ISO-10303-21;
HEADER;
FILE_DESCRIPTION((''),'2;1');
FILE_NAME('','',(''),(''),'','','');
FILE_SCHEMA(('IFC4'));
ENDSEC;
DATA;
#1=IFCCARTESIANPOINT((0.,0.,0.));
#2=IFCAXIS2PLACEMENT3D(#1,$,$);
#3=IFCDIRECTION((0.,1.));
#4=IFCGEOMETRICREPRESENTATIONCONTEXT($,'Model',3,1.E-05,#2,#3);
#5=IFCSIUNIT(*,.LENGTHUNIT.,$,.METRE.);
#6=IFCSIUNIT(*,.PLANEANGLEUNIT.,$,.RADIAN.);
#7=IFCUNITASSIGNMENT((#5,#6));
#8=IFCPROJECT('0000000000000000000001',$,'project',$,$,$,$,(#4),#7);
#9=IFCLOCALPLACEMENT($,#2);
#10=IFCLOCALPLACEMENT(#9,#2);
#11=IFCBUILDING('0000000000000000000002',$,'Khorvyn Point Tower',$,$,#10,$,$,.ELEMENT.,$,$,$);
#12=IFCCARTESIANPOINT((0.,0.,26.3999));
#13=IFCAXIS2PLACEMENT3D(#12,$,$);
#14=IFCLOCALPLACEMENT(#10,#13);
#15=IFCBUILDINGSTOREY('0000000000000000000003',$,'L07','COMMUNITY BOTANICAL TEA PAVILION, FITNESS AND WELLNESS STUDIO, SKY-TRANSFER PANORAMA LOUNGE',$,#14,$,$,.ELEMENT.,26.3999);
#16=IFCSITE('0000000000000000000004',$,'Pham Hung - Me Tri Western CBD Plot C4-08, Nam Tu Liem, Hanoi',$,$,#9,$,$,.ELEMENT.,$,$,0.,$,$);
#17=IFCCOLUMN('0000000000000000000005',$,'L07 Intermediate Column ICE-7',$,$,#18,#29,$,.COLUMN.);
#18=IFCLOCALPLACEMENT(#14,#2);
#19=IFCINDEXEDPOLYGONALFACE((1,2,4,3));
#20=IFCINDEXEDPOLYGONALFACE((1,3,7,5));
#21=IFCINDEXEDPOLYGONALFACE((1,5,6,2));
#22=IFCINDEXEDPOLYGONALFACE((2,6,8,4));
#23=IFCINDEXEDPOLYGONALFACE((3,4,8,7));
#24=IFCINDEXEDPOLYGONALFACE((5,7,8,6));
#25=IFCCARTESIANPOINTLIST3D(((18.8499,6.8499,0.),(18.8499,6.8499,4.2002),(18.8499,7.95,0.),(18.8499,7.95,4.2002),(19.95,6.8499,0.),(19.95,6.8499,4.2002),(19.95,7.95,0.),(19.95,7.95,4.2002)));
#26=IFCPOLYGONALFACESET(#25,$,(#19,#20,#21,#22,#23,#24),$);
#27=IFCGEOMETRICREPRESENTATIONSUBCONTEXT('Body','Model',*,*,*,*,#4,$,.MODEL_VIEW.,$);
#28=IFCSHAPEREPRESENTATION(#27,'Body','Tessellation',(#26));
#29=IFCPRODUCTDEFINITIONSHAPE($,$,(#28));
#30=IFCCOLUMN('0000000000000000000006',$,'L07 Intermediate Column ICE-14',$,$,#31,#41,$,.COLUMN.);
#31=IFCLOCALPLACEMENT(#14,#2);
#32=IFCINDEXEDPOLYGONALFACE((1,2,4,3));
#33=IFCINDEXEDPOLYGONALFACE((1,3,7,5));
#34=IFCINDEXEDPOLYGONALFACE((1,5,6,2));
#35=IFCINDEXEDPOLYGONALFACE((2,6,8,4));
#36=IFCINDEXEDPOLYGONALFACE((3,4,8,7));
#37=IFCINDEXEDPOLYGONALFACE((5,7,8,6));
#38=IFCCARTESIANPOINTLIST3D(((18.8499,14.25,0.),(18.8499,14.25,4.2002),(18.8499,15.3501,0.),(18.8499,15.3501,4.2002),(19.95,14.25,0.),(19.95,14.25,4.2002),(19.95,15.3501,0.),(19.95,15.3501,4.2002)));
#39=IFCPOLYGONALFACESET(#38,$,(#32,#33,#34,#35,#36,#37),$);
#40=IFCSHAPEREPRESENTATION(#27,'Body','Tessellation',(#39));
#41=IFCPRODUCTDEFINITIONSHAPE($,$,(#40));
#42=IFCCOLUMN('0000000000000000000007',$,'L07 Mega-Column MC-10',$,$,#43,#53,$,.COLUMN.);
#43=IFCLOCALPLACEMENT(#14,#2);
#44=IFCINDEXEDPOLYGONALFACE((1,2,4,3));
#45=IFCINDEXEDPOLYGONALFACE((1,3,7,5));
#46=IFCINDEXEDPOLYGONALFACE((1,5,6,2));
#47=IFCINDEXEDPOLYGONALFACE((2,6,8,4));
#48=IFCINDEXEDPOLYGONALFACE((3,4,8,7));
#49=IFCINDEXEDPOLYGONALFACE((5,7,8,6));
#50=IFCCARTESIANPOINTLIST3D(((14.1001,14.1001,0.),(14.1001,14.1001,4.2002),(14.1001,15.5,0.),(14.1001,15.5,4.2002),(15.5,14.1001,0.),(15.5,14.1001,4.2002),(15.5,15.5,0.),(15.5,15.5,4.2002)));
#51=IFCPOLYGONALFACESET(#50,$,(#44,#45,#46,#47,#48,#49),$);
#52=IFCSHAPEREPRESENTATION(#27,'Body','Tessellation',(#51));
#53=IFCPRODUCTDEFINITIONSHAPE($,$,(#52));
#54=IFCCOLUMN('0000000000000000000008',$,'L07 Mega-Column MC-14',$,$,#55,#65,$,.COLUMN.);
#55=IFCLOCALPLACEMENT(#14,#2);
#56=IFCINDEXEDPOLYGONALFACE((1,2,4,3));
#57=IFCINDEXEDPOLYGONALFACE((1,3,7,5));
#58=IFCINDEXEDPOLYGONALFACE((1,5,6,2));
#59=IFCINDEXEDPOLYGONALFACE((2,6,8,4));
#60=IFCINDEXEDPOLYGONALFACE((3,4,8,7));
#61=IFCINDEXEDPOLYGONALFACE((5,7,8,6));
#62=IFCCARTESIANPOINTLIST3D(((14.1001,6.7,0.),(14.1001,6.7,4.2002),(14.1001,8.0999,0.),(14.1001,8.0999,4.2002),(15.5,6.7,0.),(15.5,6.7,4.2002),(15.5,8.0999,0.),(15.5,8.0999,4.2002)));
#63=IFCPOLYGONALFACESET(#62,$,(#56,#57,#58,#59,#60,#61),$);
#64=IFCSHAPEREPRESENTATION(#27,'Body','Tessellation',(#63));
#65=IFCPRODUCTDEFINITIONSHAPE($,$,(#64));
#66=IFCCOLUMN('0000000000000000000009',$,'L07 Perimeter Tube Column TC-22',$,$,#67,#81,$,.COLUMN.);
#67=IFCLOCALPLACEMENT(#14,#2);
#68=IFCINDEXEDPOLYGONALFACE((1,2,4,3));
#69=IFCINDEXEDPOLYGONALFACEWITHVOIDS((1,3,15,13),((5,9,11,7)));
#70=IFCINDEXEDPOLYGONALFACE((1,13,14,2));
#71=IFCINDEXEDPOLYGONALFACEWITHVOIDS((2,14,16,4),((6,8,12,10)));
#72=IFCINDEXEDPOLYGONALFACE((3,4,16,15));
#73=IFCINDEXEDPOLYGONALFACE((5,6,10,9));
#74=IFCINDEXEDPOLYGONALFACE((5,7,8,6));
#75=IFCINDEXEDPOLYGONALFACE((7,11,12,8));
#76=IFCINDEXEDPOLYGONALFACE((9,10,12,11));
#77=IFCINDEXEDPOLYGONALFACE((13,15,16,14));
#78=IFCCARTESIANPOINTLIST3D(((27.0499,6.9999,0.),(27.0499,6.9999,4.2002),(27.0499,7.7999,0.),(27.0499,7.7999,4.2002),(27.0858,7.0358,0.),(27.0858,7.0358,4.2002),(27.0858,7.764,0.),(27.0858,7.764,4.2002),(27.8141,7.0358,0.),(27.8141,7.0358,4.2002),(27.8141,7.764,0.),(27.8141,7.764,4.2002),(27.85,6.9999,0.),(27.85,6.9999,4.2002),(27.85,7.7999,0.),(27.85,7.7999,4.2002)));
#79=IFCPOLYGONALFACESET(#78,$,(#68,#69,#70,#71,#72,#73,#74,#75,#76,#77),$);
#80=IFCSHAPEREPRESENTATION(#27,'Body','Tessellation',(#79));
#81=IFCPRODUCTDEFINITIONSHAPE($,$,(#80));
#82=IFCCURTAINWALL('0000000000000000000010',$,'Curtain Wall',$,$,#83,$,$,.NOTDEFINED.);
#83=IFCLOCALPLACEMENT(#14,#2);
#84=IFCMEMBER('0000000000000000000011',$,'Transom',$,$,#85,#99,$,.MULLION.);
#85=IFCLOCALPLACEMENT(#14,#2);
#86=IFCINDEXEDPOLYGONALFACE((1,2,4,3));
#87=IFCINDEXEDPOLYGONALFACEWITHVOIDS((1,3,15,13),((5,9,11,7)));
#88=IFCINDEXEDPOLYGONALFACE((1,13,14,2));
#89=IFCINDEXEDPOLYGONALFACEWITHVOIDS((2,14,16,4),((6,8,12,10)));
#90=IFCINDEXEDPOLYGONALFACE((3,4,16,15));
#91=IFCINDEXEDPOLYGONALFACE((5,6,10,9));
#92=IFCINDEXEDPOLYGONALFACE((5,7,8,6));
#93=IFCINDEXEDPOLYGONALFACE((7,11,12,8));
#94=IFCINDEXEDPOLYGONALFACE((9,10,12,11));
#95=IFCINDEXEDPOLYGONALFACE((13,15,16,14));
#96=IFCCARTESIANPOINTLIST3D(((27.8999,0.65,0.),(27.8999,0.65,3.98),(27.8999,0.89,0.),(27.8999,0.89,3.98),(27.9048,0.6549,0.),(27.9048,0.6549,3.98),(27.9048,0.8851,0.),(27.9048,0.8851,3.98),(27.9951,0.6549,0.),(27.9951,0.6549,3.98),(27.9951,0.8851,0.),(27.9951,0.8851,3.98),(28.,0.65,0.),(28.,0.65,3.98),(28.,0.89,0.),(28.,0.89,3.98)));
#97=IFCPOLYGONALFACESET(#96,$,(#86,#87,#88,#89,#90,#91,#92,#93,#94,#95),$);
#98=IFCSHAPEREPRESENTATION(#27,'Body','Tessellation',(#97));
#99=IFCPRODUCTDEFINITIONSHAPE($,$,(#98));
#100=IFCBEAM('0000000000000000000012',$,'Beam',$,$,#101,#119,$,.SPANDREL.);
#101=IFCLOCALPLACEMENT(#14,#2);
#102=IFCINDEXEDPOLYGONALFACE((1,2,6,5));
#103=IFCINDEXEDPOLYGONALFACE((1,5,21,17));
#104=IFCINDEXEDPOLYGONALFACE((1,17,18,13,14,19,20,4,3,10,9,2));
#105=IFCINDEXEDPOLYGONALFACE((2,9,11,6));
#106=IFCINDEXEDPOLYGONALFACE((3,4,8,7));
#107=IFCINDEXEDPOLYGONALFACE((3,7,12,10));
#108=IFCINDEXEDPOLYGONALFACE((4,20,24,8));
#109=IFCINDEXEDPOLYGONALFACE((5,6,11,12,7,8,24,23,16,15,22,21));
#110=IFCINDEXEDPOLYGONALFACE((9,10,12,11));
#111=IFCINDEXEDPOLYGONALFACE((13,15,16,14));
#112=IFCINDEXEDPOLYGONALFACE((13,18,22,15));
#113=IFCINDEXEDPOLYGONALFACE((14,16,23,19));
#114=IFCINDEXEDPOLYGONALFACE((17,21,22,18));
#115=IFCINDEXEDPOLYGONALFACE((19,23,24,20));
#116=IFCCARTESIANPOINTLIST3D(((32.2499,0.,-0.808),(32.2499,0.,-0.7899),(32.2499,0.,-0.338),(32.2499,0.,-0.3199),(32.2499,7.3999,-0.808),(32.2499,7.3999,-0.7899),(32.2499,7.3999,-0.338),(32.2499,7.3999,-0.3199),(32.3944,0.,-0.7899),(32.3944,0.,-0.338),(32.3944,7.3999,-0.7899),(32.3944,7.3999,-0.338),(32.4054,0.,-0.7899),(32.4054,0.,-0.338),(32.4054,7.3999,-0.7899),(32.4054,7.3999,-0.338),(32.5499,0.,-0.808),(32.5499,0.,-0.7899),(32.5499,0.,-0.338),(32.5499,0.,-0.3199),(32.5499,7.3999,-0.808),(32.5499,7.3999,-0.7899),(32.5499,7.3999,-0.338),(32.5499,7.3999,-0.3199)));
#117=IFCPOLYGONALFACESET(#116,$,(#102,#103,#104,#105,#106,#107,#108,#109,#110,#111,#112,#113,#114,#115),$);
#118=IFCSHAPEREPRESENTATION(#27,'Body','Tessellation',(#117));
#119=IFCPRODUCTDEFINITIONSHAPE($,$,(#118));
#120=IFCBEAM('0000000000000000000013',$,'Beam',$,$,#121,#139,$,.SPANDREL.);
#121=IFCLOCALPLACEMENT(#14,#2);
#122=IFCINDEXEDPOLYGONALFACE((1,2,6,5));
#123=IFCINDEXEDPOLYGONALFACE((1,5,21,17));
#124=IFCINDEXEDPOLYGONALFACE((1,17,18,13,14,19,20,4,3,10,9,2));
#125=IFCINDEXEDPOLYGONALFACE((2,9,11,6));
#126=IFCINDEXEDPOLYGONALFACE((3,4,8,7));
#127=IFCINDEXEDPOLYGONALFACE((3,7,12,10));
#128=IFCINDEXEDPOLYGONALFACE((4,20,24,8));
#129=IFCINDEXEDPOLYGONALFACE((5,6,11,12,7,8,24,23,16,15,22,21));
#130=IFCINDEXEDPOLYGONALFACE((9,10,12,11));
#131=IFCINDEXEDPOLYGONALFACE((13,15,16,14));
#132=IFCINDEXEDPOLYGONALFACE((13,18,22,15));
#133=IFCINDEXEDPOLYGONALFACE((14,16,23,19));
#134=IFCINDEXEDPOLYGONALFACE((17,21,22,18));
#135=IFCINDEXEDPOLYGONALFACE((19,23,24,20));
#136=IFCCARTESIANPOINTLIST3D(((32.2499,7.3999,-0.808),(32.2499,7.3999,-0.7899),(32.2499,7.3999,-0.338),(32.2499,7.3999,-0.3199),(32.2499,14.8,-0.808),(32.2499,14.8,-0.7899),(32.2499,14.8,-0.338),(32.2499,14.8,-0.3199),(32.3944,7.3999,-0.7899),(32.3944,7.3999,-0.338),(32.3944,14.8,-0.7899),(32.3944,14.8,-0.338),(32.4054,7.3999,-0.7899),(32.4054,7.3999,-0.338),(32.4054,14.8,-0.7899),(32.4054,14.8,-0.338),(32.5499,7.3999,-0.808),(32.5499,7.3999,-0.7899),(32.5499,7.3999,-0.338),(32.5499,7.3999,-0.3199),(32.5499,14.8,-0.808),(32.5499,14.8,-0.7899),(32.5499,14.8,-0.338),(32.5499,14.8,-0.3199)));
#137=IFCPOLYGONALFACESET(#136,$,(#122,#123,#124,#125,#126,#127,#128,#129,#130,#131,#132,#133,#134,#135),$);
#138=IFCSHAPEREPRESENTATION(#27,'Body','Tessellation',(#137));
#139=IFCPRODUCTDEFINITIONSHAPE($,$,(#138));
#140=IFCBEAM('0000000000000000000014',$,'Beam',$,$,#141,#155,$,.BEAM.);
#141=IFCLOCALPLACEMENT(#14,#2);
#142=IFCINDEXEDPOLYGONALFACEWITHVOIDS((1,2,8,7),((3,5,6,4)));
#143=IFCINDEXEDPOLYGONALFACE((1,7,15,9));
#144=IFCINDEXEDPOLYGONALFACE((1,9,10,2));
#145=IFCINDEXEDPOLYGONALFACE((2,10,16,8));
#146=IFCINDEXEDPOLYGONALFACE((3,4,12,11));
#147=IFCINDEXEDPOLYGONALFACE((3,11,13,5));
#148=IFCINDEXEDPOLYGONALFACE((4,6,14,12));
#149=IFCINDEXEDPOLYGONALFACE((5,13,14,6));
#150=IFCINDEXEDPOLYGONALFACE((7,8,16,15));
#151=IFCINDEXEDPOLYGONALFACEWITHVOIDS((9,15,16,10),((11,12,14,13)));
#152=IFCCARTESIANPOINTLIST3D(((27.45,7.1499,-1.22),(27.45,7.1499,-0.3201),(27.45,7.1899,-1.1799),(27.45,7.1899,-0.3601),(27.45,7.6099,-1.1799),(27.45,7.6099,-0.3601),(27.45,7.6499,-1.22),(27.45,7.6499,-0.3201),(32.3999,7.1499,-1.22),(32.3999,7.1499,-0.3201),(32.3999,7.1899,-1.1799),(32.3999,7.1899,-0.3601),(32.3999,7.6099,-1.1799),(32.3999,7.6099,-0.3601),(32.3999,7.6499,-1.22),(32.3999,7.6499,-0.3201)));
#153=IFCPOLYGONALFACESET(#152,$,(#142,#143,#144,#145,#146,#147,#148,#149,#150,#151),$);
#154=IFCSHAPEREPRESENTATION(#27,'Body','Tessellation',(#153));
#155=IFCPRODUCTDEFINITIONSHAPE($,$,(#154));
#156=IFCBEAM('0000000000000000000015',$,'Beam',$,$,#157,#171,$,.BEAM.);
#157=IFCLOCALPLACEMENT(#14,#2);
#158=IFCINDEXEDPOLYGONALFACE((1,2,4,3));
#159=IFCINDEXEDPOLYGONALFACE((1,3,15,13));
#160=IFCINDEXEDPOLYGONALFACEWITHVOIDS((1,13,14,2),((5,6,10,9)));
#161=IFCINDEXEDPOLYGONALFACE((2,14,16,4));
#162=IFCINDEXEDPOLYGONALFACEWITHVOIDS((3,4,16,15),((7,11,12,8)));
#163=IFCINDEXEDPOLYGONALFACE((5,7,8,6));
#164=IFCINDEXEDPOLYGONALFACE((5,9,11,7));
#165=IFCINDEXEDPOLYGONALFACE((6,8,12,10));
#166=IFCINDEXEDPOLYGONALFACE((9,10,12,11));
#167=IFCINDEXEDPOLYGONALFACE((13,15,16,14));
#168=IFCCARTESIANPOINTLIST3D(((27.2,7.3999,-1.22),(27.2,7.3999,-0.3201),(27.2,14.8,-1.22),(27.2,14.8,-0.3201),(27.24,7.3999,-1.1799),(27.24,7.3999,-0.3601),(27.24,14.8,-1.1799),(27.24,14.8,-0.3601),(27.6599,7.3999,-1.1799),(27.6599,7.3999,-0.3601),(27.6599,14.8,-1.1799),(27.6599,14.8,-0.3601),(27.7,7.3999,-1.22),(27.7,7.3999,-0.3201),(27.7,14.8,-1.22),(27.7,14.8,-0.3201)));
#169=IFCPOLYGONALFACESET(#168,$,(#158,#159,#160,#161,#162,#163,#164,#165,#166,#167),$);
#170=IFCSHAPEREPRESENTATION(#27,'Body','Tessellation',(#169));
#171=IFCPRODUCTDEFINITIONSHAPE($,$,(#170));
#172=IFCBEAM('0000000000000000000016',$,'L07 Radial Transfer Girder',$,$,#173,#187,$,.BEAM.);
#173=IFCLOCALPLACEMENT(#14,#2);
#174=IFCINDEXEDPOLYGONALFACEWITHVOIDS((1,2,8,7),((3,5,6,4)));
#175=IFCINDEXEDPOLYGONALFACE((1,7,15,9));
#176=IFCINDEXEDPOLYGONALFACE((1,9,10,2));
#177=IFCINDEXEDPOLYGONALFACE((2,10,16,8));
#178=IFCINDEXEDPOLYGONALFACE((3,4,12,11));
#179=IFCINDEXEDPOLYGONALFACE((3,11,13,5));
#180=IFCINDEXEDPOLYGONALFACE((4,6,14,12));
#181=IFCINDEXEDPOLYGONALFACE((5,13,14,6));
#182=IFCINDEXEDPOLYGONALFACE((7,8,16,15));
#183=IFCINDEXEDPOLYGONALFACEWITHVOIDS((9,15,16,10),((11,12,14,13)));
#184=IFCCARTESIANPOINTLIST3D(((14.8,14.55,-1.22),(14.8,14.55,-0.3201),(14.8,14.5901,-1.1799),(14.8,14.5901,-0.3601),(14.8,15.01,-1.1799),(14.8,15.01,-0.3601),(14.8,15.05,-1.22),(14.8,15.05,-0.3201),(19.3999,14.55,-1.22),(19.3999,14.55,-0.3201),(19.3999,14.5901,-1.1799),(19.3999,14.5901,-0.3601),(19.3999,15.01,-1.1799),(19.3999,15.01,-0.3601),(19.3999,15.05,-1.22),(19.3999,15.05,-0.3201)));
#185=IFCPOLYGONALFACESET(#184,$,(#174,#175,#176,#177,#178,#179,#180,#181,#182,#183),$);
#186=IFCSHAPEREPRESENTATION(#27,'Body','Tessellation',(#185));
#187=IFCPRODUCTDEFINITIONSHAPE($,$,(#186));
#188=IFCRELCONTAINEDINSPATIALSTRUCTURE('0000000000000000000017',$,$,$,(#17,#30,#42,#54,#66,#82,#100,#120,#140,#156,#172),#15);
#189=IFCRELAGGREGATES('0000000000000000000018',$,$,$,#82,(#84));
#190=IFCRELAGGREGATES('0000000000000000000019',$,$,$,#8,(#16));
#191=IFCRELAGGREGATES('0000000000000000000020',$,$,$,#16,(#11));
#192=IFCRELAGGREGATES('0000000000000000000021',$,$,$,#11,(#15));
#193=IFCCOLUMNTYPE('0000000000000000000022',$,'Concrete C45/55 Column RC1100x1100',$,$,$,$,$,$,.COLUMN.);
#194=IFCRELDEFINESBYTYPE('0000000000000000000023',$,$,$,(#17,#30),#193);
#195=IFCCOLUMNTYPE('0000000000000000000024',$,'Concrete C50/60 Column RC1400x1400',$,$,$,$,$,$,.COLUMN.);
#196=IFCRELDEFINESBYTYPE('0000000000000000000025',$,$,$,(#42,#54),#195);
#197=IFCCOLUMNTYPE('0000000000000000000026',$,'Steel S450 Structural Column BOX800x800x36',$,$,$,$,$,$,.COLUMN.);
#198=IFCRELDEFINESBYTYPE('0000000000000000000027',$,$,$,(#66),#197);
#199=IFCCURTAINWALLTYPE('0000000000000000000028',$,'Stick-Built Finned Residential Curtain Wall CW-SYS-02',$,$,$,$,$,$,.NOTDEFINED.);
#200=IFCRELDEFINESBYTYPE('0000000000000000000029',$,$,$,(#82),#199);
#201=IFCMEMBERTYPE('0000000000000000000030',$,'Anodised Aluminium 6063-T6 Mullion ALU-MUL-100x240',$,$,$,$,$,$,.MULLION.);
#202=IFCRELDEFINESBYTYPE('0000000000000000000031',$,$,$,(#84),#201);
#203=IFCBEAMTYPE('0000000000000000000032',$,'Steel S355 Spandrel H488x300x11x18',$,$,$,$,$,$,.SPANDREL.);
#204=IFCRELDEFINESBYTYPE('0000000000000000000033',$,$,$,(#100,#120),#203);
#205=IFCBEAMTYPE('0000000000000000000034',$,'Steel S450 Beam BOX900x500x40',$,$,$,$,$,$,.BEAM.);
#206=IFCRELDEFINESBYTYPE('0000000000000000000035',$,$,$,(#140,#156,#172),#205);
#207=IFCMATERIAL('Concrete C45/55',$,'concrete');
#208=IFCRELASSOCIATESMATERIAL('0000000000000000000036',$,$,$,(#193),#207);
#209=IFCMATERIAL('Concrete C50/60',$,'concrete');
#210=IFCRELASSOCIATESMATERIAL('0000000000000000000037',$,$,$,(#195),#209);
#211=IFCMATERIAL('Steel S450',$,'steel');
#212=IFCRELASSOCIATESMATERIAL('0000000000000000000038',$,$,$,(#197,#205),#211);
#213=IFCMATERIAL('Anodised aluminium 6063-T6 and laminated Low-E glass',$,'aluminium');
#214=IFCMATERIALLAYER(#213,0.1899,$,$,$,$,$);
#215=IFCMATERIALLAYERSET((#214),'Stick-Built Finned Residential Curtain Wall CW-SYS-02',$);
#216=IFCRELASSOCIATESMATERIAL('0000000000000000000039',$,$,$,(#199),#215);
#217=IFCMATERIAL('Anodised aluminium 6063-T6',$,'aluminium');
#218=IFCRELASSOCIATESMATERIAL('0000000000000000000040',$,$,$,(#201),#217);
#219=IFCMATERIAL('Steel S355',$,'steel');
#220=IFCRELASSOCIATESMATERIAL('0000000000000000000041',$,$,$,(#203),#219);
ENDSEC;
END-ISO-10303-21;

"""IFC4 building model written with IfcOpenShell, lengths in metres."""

from ifc_helpers import new_model, si_unit, direction, frame, origin, origin_2d, place, context, subcontext, project, spatial, rectangle, hollow_rectangle, i_section, extrude, material, layer, layer_set, material_profile, profile_set, type_object, element, aggregate, save


model = new_model("IFC4")

# Units and contexts
model_context = context("Model", 3, precision=1e-05, world=origin(), true_north=direction((0.0, 1.0)))
body_context = subcontext(model_context, "Body", "Model", "MODEL_VIEW")
ifc_project = project(units=[si_unit("LENGTHUNIT", "METRE"), si_unit("PLANEANGLEUNIT", "RADIAN")], contexts=[model_context])

# Site, building, storey
site_placement = place(None, origin())
site = spatial("IfcSite", under=ifc_project, at=site_placement, Name="Pham Hung - Me Tri Western CBD Plot C4-08, Nam Tu Liem, Hanoi", CompositionType="ELEMENT", RefElevation=0.0)
building_placement = place(site_placement, origin())
building = spatial("IfcBuilding", under=site, at=building_placement, Name="Khorvyn Point Tower", CompositionType="ELEMENT")
storey_placement = place(building_placement, frame((0.0, 0.0, 26.3999)))
storey = spatial("IfcBuildingStorey", under=building, at=storey_placement, Name="L07", Description="COMMUNITY BOTANICAL TEA PAVILION, FITNESS AND WELLNESS STUDIO, SKY-TRANSFER PANORAMA LOUNGE", CompositionType="ELEMENT", Elevation=26.3999)

# Columns
ifc_material_1 = material(Name="Concrete C45/55", Category="concrete")
ifc_material_profile_1 = material_profile(ifc_material_1, rectangle(XDim=1.1001, YDim=1.1001, at=origin_2d()))
ifc_profile_set_1 = profile_set([ifc_material_profile_1], Name="Concrete C45/55 RC1100x1100")
column_type_1 = type_object("IfcColumnType", Name="Concrete C45/55 Column RC1100x1100", PredefinedType="COLUMN", material=ifc_profile_set_1)
for number, where, z_axis, x_axis, name in (
    (1, (19.3999, 7.3999, 0.0), (0.0, 0.0, 1.0), (1.0, 0.0, 0.0), "L07 Intermediate Column ICE-7"),
    (2, (19.3999, 14.8, 0.0), (0.0, 0.0, 1.0), (1.0, 0.0, 0.0), "L07 Intermediate Column ICE-14"),
):
    element("IfcColumn", number, at=place(storey_placement, frame(where, z_axis=z_axis, x_axis=x_axis)), inside=storey, type_object=column_type_1, Name=name, PredefinedType="COLUMN", context=body_context, shape_type="SweptSolid", body=[
        extrude(rectangle(XDim=1.1001, YDim=1.1001, at=origin_2d()), origin(), (0.0, 0.0, 1.0), 4.2002),
    ])
ifc_material_2 = material(Name="Concrete C50/60", Category="concrete")
ifc_material_profile_2 = material_profile(ifc_material_2, rectangle(XDim=1.3999, YDim=1.3999, at=origin_2d()))
ifc_profile_set_2 = profile_set([ifc_material_profile_2], Name="Concrete C50/60 RC1400x1400")
column_type_2 = type_object("IfcColumnType", Name="Concrete C50/60 Column RC1400x1400", PredefinedType="COLUMN", material=ifc_profile_set_2)
for number, where, z_axis, x_axis, name in (
    (3, (14.8, 14.8, 0.0), (0.0, 0.0, 1.0), (1.0, 0.0, 0.0), "L07 Mega-Column MC-10"),
    (4, (14.8, 7.3999, 0.0), (0.0, 0.0, 1.0), (1.0, 0.0, 0.0), "L07 Mega-Column MC-14"),
):
    element("IfcColumn", number, at=place(storey_placement, frame(where, z_axis=z_axis, x_axis=x_axis)), inside=storey, type_object=column_type_2, Name=name, PredefinedType="COLUMN", context=body_context, shape_type="SweptSolid", body=[
        extrude(rectangle(XDim=1.3999, YDim=1.3999, at=origin_2d()), origin(), (0.0, 0.0, 1.0), 4.2002),
    ])
ifc_material_3 = material(Name="Steel S450", Category="steel")
ifc_material_profile_3 = material_profile(ifc_material_3, hollow_rectangle(XDim=0.8, YDim=0.8, WallThickness=0.0359, at=origin_2d()))
ifc_profile_set_3 = profile_set([ifc_material_profile_3], Name="Steel S450 BOX800x800x36")
column_type_3 = type_object("IfcColumnType", Name="Steel S450 Structural Column BOX800x800x36", PredefinedType="COLUMN", material=ifc_profile_set_3)
column_placement = place(storey_placement, frame((27.45, 7.3999, 0.0), z_axis=(0.0, 0.0, 1.0), x_axis=(1.0, 0.0, 0.0)))
element("IfcColumn", 5, at=column_placement, inside=storey, type_object=column_type_3, Name="L07 Perimeter Tube Column TC-22", PredefinedType="COLUMN", context=body_context, shape_type="SweptSolid", body=[
    extrude(hollow_rectangle(XDim=0.8, YDim=0.8, WallThickness=0.0359, at=origin_2d()), origin(), (0.0, 0.0, 1.0), 4.2002),
])

# Curtain wall, member
ifc_material_4 = material(Name="Anodised aluminium 6063-T6 and laminated Low-E glass", Category="aluminium")
ifc_layer_1 = layer(ifc_material_4, 0.1899)
ifc_layer_set_1 = layer_set([ifc_layer_1], Name="Stick-Built Finned Residential Curtain Wall CW-SYS-02")
curtain_wall_type = type_object("IfcCurtainWallType", Name="Stick-Built Finned Residential Curtain Wall CW-SYS-02", PredefinedType="NOTDEFINED", material=ifc_layer_set_1)
curtain_wall_placement = place(storey_placement, origin())
curtain_wall = element("IfcCurtainWall", 6, at=curtain_wall_placement, inside=storey, type_object=curtain_wall_type, Name="Curtain Wall", PredefinedType="NOTDEFINED")
ifc_material_5 = material(Name="Anodised aluminium 6063-T6", Category="aluminium")
ifc_material_profile_4 = material_profile(ifc_material_5, hollow_rectangle(XDim=0.1001, YDim=0.24, WallThickness=0.0049, at=origin_2d()))
ifc_profile_set_4 = profile_set([ifc_material_profile_4], Name="Anodised aluminium 6063-T6 ALU-MUL-100x240")
member_type = type_object("IfcMemberType", Name="Anodised Aluminium 6063-T6 Mullion ALU-MUL-100x240", PredefinedType="MULLION", material=ifc_profile_set_4)
member_placement = place(storey_placement, frame((27.95, 0.77, 0.0), z_axis=(0.0, 0.0, 1.0), x_axis=(1.0, 0.0, 0.0)))
member = element("IfcMember", 7, at=member_placement, type_object=member_type, Name="Transom", PredefinedType="MULLION", context=body_context, shape_type="SweptSolid", body=[
    extrude(hollow_rectangle(XDim=0.1001, YDim=0.24, WallThickness=0.0049, at=origin_2d()), origin(), (0.0, 0.0, 1.0), 3.98),
])

# Beams
ifc_material_6 = material(Name="Steel S355", Category="steel")
ifc_material_profile_5 = material_profile(ifc_material_6, i_section(OverallWidth=0.3, OverallDepth=0.488, WebThickness=0.011, FlangeThickness=0.0181, at=origin_2d()))
ifc_profile_set_5 = profile_set([ifc_material_profile_5], Name="Steel S355 H488x300x11x18")
beam_type_1 = type_object("IfcBeamType", Name="Steel S355 Spandrel H488x300x11x18", PredefinedType="SPANDREL", material=ifc_profile_set_5)
beam_1_placement = place(storey_placement, frame((32.3999, 0.0, -0.564), z_axis=(0.0, 1.0, 0.0), x_axis=(-1.0, 0.0, 0.0)))
element("IfcBeam", 8, at=beam_1_placement, inside=storey, type_object=beam_type_1, Name="Beam", PredefinedType="SPANDREL", context=body_context, shape_type="SweptSolid", body=[
    extrude(i_section(OverallWidth=0.3, OverallDepth=0.488, WebThickness=0.011, FlangeThickness=0.0181, at=origin_2d()), origin(), (0.0, 0.0, 1.0), 7.3999),
])
beam_2_placement = place(storey_placement, frame((32.3999, 7.3999, -0.564), z_axis=(0.0, 1.0, 0.0), x_axis=(-1.0, 0.0, 0.0)))
element("IfcBeam", 9, at=beam_2_placement, inside=storey, type_object=beam_type_1, Name="Beam", PredefinedType="SPANDREL", context=body_context, shape_type="SweptSolid", body=[
    extrude(i_section(OverallWidth=0.3, OverallDepth=0.488, WebThickness=0.011, FlangeThickness=0.0181, at=origin_2d()), origin(), (0.0, 0.0, 1.0), 7.4001),
])
ifc_material_profile_6 = material_profile(ifc_material_3, hollow_rectangle(XDim=0.5, YDim=0.8999, WallThickness=0.04, at=origin_2d()))
ifc_profile_set_6 = profile_set([ifc_material_profile_6], Name="Steel S450 BOX900x500x40")
beam_type_2 = type_object("IfcBeamType", Name="Steel S450 Beam BOX900x500x40", PredefinedType="BEAM", material=ifc_profile_set_6)
beam_3_placement = place(storey_placement, frame((27.45, 7.3999, -0.77), z_axis=(1.0, 0.0, 0.0), x_axis=(0.0, 1.0, 0.0)))
element("IfcBeam", 10, at=beam_3_placement, inside=storey, type_object=beam_type_2, Name="Beam", PredefinedType="BEAM", context=body_context, shape_type="SweptSolid", body=[
    extrude(hollow_rectangle(XDim=0.5, YDim=0.8999, WallThickness=0.04, at=origin_2d()), origin(), (0.0, 0.0, 1.0), 4.95),
])
beam_4_placement = place(storey_placement, frame((27.45, 7.3999, -0.77), z_axis=(0.0, 1.0, 0.0), x_axis=(-1.0, 0.0, 0.0)))
element("IfcBeam", 11, at=beam_4_placement, inside=storey, type_object=beam_type_2, Name="Beam", PredefinedType="BEAM", context=body_context, shape_type="SweptSolid", body=[
    extrude(hollow_rectangle(XDim=0.5, YDim=0.8999, WallThickness=0.04, at=origin_2d()), origin(), (0.0, 0.0, 1.0), 7.4001),
])
beam_5_placement = place(storey_placement, frame((14.8, 14.8, -0.77), z_axis=(1.0, 0.0, 0.0), x_axis=(0.0, 1.0, 0.0)))
element("IfcBeam", 12, at=beam_5_placement, inside=storey, type_object=beam_type_2, Name="L07 Radial Transfer Girder", PredefinedType="BEAM", context=body_context, shape_type="SweptSolid", body=[
    extrude(hollow_rectangle(XDim=0.5, YDim=0.8999, WallThickness=0.04, at=origin_2d()), origin(), (0.0, 0.0, 1.0), 4.5999),
])

aggregate(curtain_wall, [member])

save(model, "model.ifc")
